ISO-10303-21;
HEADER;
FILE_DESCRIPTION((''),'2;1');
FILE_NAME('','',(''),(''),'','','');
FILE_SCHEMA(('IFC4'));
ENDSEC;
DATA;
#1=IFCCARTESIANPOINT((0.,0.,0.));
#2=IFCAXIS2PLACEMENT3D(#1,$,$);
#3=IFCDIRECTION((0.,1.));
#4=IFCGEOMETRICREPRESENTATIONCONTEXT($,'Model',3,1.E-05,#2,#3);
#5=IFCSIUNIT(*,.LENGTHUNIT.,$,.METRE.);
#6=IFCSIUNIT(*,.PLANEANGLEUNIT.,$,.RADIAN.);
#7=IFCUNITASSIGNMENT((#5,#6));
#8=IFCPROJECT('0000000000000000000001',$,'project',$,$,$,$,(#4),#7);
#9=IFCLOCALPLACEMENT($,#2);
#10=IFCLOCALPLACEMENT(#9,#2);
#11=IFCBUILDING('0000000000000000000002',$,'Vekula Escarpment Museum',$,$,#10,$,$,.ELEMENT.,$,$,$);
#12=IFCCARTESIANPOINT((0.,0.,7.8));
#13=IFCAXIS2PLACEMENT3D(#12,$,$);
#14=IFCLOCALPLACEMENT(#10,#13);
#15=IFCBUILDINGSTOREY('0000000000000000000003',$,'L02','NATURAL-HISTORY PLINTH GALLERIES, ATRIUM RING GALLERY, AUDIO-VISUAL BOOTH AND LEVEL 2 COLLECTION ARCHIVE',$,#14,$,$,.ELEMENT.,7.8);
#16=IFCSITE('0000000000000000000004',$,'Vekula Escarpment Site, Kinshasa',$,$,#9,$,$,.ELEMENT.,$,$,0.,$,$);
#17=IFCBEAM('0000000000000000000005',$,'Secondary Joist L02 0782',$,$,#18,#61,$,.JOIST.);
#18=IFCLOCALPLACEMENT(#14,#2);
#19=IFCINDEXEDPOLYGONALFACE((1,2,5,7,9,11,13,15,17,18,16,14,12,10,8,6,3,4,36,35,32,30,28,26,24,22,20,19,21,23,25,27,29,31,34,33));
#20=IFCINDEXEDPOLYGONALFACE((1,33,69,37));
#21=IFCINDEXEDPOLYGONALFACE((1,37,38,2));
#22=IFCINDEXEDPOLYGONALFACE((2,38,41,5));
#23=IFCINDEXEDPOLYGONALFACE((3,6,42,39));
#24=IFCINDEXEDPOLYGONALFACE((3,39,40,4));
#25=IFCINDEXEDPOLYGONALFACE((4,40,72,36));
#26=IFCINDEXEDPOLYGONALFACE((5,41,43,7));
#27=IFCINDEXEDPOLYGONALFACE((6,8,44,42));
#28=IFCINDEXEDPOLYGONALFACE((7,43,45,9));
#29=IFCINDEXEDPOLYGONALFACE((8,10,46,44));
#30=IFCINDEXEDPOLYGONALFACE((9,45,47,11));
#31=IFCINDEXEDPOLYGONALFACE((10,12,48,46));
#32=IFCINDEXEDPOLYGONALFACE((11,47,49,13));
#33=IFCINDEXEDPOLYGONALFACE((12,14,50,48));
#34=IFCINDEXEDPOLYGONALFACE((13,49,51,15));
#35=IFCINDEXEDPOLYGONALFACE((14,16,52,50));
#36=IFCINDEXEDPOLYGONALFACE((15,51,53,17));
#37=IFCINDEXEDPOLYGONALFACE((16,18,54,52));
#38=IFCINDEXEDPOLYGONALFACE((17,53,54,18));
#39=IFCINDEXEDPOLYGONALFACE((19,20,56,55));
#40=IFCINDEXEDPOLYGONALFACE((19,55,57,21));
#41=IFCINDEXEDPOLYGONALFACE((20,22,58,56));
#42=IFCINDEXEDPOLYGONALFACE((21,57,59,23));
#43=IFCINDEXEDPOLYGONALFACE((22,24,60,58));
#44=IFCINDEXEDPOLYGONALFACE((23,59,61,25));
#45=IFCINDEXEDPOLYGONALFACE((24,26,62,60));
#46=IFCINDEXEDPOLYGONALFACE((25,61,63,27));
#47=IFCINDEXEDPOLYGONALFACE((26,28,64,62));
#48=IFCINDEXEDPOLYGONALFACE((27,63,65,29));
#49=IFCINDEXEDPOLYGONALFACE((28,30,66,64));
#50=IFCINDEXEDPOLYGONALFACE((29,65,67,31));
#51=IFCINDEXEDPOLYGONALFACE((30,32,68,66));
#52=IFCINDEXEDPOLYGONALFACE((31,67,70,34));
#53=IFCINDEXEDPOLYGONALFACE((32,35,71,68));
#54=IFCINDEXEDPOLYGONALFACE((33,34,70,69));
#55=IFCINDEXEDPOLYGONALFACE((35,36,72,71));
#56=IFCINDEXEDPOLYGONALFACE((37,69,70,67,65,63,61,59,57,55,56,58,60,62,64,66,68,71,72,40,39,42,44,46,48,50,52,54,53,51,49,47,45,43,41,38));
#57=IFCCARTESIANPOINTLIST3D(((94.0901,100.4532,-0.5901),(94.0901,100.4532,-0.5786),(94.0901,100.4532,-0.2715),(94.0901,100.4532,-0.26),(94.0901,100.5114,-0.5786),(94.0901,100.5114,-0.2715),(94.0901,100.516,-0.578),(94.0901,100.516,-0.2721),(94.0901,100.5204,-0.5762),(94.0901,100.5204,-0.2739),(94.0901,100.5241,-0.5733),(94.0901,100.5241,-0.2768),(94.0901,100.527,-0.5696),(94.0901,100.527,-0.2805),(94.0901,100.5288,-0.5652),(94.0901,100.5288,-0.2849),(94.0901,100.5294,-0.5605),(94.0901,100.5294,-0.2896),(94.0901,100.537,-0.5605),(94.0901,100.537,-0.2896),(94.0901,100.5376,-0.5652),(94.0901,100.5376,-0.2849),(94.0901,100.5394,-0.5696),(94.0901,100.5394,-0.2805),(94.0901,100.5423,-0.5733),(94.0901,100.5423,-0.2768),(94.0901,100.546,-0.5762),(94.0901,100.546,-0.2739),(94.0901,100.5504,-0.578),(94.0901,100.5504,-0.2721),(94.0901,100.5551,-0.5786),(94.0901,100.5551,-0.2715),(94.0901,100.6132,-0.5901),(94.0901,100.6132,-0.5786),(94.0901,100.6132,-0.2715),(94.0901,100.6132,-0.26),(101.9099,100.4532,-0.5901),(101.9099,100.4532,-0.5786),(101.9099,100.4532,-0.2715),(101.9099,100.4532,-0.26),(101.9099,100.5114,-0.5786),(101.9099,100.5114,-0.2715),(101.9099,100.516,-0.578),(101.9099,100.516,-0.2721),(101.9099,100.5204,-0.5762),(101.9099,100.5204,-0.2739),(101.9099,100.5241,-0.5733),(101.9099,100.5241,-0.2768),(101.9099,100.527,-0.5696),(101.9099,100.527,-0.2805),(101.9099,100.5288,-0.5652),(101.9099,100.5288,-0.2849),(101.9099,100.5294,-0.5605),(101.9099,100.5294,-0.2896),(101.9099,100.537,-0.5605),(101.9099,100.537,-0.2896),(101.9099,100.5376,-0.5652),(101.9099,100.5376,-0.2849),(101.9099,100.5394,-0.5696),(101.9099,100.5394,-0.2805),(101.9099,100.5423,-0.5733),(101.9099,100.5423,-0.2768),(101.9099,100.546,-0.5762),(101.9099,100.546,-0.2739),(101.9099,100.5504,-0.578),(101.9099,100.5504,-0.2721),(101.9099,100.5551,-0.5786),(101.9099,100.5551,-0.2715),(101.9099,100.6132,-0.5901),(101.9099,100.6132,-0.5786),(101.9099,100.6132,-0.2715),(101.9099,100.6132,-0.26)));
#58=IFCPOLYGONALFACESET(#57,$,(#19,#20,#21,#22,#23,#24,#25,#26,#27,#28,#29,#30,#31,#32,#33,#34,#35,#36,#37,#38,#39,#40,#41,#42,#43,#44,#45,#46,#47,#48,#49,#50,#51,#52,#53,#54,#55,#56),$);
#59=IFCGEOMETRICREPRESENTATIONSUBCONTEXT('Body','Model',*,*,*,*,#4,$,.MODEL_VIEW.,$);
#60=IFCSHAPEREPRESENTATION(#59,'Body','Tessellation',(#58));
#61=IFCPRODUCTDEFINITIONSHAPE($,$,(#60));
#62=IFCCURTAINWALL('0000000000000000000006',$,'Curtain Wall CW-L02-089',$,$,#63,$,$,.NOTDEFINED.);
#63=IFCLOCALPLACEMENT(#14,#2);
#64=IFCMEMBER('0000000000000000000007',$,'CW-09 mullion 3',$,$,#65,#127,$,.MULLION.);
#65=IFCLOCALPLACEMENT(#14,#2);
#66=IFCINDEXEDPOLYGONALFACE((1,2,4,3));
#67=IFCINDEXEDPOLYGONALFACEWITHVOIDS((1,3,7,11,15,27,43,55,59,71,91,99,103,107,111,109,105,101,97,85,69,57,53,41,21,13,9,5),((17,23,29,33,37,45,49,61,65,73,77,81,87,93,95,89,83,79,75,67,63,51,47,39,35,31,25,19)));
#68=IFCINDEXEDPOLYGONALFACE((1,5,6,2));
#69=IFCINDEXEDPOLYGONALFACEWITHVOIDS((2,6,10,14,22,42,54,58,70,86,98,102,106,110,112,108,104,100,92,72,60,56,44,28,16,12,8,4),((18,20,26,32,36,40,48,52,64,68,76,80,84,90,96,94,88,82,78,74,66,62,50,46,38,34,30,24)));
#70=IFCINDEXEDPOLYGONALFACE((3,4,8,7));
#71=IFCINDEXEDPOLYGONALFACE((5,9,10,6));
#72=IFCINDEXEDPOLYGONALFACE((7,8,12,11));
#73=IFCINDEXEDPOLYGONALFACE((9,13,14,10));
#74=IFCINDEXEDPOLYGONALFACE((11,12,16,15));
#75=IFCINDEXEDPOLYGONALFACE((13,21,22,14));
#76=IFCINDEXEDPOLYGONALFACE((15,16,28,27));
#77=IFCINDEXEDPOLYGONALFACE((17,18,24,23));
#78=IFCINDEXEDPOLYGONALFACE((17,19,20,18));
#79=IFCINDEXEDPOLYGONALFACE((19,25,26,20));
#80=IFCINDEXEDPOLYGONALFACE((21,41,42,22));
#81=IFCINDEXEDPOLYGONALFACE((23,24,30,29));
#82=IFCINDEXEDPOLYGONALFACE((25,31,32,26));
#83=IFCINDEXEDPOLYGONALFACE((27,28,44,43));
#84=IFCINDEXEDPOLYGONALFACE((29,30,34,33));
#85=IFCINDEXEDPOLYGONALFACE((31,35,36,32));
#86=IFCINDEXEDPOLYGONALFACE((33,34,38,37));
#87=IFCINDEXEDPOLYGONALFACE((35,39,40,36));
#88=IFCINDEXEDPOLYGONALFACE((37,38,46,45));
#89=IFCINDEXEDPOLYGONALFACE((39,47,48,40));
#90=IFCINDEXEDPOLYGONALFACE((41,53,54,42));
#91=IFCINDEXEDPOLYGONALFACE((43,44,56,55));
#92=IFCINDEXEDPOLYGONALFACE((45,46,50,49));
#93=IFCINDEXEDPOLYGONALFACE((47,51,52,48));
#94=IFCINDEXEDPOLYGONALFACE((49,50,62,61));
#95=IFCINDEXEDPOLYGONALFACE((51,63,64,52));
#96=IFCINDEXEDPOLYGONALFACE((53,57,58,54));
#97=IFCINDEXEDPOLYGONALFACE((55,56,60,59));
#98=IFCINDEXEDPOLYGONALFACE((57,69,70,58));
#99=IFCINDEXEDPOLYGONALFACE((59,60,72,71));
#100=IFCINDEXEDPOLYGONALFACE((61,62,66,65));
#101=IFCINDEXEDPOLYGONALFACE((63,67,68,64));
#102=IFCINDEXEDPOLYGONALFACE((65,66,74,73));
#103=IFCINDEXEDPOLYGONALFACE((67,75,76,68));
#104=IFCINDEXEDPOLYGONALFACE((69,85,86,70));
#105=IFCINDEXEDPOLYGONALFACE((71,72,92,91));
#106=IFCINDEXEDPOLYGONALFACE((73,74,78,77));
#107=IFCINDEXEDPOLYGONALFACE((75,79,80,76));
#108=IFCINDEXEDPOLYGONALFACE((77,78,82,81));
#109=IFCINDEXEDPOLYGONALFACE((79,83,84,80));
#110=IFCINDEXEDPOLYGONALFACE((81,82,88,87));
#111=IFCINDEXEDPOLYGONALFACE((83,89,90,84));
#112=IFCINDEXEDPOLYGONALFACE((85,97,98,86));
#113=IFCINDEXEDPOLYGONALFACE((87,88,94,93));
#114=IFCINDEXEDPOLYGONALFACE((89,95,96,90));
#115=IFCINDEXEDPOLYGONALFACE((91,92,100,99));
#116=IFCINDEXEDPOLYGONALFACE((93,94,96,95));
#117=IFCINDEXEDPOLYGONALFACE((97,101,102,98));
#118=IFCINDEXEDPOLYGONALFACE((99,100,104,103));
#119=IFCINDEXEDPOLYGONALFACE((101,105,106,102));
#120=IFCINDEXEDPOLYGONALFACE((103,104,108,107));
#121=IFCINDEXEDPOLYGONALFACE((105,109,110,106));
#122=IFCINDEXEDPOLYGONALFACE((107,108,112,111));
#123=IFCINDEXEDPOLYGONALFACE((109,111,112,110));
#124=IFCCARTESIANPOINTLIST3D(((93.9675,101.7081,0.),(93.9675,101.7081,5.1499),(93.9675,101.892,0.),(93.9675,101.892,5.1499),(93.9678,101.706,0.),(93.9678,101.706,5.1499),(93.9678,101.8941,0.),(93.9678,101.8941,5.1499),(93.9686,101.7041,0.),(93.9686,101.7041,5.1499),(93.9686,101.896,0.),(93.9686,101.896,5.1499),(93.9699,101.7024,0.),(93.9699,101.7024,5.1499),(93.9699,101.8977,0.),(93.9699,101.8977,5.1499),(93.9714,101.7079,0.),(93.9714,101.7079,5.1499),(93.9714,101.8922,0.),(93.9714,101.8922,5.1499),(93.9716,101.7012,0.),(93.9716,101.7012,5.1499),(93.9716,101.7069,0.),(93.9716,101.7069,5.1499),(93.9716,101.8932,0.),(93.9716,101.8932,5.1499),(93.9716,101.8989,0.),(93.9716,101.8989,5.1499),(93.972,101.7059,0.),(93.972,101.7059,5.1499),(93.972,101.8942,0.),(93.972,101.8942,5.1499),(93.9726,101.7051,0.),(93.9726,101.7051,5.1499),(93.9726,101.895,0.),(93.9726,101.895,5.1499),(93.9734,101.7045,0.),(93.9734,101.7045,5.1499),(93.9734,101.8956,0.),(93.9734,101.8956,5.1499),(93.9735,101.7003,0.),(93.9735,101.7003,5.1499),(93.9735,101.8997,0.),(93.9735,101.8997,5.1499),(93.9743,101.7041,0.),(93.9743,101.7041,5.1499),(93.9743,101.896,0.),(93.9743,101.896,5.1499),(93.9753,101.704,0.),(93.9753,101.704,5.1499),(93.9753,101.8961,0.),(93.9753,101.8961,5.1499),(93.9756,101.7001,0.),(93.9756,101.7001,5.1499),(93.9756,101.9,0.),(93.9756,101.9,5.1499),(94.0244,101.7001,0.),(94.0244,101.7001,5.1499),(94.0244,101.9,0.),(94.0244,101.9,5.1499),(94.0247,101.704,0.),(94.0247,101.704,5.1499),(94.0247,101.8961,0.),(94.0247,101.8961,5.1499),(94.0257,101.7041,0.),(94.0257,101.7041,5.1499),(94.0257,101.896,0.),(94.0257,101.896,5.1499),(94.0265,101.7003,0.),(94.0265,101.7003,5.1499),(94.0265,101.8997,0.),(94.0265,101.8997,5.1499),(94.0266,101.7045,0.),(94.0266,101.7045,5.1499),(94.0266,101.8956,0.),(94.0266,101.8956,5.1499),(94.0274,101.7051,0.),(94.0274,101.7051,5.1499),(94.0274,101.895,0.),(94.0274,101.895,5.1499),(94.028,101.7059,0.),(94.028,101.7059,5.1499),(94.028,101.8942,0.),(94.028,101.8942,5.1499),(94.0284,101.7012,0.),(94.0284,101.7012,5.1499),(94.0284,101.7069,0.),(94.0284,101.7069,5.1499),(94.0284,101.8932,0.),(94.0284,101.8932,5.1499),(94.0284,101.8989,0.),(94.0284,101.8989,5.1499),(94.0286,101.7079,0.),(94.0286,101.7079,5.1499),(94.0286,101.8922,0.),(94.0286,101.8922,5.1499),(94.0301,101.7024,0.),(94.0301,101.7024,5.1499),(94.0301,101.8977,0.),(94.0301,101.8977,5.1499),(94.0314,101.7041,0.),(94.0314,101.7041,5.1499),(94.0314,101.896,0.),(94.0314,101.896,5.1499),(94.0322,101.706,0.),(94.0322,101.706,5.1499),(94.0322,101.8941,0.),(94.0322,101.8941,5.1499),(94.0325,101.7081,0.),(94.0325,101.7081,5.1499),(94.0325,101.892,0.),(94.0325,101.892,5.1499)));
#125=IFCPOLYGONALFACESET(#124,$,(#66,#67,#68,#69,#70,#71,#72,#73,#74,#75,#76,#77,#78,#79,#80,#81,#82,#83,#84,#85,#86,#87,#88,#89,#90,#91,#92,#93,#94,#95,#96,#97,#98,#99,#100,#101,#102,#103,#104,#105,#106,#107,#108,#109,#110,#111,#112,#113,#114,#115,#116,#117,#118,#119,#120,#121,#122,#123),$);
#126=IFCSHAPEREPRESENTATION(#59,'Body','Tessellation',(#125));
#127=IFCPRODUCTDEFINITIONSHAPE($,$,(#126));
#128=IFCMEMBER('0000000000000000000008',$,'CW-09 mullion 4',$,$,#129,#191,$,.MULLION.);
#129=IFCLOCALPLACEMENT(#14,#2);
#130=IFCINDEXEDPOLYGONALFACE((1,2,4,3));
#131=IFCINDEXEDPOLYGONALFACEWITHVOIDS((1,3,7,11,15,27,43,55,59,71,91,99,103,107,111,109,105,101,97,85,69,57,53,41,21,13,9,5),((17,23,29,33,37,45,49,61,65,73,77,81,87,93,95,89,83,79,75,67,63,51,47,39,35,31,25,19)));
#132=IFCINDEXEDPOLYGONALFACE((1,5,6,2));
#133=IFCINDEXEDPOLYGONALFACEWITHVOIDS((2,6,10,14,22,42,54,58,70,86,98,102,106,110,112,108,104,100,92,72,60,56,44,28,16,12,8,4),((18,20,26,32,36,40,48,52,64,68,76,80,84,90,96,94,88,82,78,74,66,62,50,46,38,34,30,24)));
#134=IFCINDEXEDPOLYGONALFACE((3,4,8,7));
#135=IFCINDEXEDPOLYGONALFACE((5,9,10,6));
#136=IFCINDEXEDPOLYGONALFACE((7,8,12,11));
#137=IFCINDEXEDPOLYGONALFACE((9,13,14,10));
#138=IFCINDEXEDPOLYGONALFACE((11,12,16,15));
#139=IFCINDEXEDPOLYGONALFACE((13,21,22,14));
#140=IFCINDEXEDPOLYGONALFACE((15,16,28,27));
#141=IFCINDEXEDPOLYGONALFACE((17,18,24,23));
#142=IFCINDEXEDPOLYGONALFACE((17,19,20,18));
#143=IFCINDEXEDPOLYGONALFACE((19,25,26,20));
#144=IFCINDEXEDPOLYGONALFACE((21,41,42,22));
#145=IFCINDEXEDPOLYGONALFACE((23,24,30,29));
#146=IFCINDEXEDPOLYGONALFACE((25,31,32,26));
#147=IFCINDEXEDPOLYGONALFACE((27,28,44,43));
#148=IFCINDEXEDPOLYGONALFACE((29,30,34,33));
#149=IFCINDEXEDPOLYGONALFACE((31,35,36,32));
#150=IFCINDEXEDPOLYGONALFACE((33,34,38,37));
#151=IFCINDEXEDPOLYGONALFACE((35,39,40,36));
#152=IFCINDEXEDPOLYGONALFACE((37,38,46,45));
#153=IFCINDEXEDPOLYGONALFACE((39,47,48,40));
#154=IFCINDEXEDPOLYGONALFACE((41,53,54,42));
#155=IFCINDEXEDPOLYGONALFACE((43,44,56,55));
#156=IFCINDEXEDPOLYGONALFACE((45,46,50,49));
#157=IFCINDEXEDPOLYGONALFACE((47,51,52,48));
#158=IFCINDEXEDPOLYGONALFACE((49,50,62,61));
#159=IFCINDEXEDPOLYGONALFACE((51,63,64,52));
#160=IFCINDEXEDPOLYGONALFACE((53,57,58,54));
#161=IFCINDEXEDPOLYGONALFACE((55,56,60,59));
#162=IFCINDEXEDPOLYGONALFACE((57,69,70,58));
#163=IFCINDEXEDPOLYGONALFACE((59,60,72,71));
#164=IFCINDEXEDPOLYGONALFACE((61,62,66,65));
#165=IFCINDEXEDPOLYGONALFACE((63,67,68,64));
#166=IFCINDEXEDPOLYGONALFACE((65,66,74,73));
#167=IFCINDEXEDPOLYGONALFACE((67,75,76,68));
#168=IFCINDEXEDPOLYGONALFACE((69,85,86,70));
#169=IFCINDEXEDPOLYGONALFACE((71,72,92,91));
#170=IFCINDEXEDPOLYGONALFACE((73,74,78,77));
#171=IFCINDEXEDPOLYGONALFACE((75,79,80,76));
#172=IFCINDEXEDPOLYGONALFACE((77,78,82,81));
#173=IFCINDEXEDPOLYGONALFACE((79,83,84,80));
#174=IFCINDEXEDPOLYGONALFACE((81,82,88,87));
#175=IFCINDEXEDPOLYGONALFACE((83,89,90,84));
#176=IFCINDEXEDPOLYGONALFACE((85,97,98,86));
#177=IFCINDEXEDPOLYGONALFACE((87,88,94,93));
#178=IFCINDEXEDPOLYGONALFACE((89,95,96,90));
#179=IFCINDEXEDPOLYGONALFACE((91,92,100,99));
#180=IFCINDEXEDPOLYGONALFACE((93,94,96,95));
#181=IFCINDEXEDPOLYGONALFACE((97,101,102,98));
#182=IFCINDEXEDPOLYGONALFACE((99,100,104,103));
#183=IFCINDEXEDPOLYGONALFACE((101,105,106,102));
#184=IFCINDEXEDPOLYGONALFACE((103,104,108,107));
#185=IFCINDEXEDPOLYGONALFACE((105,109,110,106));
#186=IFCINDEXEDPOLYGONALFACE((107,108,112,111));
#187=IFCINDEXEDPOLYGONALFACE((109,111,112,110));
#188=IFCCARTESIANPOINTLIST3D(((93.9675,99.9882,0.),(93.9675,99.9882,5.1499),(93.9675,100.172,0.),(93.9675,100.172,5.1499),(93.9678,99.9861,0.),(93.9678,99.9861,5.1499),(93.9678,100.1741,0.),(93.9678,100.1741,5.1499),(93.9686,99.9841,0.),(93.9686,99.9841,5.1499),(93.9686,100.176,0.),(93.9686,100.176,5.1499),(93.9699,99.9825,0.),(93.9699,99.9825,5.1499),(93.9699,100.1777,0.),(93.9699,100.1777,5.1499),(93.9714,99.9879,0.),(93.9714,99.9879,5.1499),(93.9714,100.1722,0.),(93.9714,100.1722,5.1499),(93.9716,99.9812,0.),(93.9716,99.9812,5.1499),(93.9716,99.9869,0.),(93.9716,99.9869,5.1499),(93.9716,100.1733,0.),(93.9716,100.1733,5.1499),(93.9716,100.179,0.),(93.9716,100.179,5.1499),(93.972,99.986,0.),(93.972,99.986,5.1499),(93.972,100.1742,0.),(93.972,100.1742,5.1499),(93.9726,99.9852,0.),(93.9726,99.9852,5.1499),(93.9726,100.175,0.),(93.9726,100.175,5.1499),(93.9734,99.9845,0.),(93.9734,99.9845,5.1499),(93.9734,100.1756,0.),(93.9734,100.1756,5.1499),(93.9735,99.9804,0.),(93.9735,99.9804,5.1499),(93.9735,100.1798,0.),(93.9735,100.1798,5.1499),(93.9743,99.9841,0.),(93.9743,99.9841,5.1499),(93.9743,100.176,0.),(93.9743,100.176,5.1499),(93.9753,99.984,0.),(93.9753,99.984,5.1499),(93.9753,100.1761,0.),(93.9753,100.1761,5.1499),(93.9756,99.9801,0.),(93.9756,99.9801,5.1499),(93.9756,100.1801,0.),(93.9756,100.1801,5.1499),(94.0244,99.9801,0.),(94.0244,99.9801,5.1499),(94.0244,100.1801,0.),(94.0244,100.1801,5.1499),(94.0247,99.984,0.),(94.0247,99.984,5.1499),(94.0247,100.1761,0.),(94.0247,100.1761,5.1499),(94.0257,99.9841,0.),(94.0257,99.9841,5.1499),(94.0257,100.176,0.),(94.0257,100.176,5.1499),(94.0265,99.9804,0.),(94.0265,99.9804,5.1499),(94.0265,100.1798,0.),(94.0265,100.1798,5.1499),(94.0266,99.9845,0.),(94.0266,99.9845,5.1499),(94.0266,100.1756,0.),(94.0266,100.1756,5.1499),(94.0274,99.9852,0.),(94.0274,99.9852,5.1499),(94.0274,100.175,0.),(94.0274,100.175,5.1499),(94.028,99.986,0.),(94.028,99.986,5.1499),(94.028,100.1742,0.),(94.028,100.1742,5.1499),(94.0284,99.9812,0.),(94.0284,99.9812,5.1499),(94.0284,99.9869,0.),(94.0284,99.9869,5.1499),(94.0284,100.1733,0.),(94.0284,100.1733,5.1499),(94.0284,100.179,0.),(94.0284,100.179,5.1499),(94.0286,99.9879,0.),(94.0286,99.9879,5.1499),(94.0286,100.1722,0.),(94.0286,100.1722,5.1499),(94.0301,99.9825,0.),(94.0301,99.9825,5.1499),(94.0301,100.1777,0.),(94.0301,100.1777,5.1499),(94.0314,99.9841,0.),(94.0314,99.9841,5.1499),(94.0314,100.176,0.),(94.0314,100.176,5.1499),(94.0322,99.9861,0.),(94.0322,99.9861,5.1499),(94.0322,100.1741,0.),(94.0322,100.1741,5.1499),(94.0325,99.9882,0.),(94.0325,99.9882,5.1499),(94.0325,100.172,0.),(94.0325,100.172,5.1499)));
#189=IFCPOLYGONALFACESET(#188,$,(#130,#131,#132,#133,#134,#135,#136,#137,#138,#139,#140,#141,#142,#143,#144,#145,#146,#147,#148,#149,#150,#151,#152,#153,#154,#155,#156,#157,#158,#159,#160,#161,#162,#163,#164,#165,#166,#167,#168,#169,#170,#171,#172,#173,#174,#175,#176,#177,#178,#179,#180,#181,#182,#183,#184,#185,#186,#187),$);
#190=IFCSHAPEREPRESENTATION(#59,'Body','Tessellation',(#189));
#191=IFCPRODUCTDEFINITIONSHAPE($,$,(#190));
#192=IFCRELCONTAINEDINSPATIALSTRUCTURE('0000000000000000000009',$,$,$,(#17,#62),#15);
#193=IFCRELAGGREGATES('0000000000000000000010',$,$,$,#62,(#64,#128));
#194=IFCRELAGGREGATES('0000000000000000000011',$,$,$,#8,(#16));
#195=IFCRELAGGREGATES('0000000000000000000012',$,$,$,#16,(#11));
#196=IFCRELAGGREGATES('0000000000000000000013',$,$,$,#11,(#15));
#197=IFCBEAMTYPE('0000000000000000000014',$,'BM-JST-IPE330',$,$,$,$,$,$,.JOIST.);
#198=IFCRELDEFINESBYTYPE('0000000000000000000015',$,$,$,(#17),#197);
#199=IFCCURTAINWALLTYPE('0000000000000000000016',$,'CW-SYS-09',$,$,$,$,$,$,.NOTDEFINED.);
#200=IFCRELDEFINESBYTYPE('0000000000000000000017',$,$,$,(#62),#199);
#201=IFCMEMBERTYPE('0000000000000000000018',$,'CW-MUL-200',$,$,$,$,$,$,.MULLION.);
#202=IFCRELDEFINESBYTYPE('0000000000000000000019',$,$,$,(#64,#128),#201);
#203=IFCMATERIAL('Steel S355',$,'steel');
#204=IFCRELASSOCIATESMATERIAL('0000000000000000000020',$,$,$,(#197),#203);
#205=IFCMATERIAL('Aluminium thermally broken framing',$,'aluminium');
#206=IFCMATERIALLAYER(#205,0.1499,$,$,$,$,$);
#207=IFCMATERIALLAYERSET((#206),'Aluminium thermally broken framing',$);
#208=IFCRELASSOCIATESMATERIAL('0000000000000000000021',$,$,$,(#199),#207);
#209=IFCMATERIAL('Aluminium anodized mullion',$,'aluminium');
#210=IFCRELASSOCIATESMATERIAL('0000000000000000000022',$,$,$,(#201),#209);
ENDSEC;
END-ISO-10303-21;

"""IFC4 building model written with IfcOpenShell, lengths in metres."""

from ifc_helpers import new_model, si_unit, direction, frame, origin, origin_2d, place, context, subcontext, project, spatial, hollow_rectangle, i_section, extrude, material, layer, layer_set, material_profile, profile_set, type_object, element, aggregate, save


model = new_model("IFC4")

# Units and contexts
model_context = context("Model", 3, precision=1e-05, world=origin(), true_north=direction((0.0, 1.0)))
body_context = subcontext(model_context, "Body", "Model", "MODEL_VIEW")
ifc_project = project(units=[si_unit("LENGTHUNIT", "METRE"), si_unit("PLANEANGLEUNIT", "RADIAN")], contexts=[model_context])

# Site, building, storey
site_placement = place(None, origin())
site = spatial("IfcSite", under=ifc_project, at=site_placement, Name="Vekula Escarpment Site, Kinshasa", CompositionType="ELEMENT", RefElevation=0.0)
building_placement = place(site_placement, origin())
building = spatial("IfcBuilding", under=site, at=building_placement, Name="Vekula Escarpment Museum", CompositionType="ELEMENT")
storey_placement = place(building_placement, frame((0.0, 0.0, 7.8)))
storey = spatial("IfcBuildingStorey", under=building, at=storey_placement, Name="L02", Description="NATURAL-HISTORY PLINTH GALLERIES, ATRIUM RING GALLERY, AUDIO-VISUAL BOOTH AND LEVEL 2 COLLECTION ARCHIVE", CompositionType="ELEMENT", Elevation=7.8)

# Beam
ifc_material_1 = material(Name="Steel S355", Category="steel")
ifc_material_profile_1 = material_profile(ifc_material_1, i_section(OverallWidth=0.1599, OverallDepth=0.3301, WebThickness=0.0076, FlangeThickness=0.0115, FilletRadius=0.0181, at=origin_2d()), Name="IPE 330")
ifc_profile_set_1 = profile_set([ifc_material_profile_1], Name="Steel S355")
beam_type_1 = type_object("IfcBeamType", Name="BM-JST-IPE330", PredefinedType="JOIST", material=ifc_profile_set_1)
beam_1_placement = place(storey_placement, frame((94.0901, 100.5332, -0.425), z_axis=(1.0, 0.0, 0.0), x_axis=(0.0, 1.0, 0.0)))
element("IfcBeam", 1, at=beam_1_placement, inside=storey, type_object=beam_type_1, Name="Secondary Joist L02 0782", PredefinedType="JOIST", context=body_context, shape_type="SweptSolid", body=[
    extrude(i_section(OverallWidth=0.1599, OverallDepth=0.3301, WebThickness=0.0076, FlangeThickness=0.0115, FilletRadius=0.0181, at=origin_2d()), origin(), (0.0, 0.0, 1.0), 7.8198),
])

# Curtain wall, members
ifc_material_2 = material(Name="Aluminium thermally broken framing", Category="aluminium")
ifc_layer_1 = layer(ifc_material_2, 0.1499)
ifc_layer_set_1 = layer_set([ifc_layer_1], Name="Aluminium thermally broken framing")
curtain_wall_type_1 = type_object("IfcCurtainWallType", Name="CW-SYS-09", PredefinedType="NOTDEFINED", material=ifc_layer_set_1)
curtain_wall_1_placement = place(storey_placement, origin())
curtain_wall_1 = element("IfcCurtainWall", 2, at=curtain_wall_1_placement, inside=storey, type_object=curtain_wall_type_1, Name="Curtain Wall CW-L02-089", PredefinedType="NOTDEFINED")
ifc_material_3 = material(Name="Aluminium anodized mullion", Category="aluminium")
ifc_material_profile_2 = material_profile(ifc_material_3, hollow_rectangle(XDim=0.0649, YDim=0.2, WallThickness=0.0039, InnerFilletRadius=0.0039, OuterFilletRadius=0.0081, at=origin_2d()), Name="ALU 200x65x4")
ifc_profile_set_2 = profile_set([ifc_material_profile_2], Name="Aluminium anodized mullion")
member_type_1 = type_object("IfcMemberType", Name="CW-MUL-200", PredefinedType="MULLION", material=ifc_profile_set_2)
member_1_placement = place(storey_placement, frame((94.0, 101.8, 0.0), z_axis=(0.0, 0.0, 1.0), x_axis=(1.0, 0.0, 0.0)))
member_1 = element("IfcMember", 3, at=member_1_placement, type_object=member_type_1, Name="CW-09 mullion 3", PredefinedType="MULLION", context=body_context, shape_type="SweptSolid", body=[
    extrude(hollow_rectangle(XDim=0.0649, YDim=0.2, WallThickness=0.0039, InnerFilletRadius=0.0039, OuterFilletRadius=0.0081, at=origin_2d()), origin(), (0.0, 0.0, 1.0), 5.1499),
])
member_2_placement = place(storey_placement, frame((94.0, 100.0801, 0.0), z_axis=(0.0, 0.0, 1.0), x_axis=(1.0, 0.0, 0.0)))
member_2 = element("IfcMember", 4, at=member_2_placement, type_object=member_type_1, Name="CW-09 mullion 4", PredefinedType="MULLION", context=body_context, shape_type="SweptSolid", body=[
    extrude(hollow_rectangle(XDim=0.0649, YDim=0.2, WallThickness=0.0039, InnerFilletRadius=0.0039, OuterFilletRadius=0.0081, at=origin_2d()), origin(), (0.0, 0.0, 1.0), 5.1499),
])

aggregate(curtain_wall_1, [member_1, member_2])

save(model, "model.ifc")
